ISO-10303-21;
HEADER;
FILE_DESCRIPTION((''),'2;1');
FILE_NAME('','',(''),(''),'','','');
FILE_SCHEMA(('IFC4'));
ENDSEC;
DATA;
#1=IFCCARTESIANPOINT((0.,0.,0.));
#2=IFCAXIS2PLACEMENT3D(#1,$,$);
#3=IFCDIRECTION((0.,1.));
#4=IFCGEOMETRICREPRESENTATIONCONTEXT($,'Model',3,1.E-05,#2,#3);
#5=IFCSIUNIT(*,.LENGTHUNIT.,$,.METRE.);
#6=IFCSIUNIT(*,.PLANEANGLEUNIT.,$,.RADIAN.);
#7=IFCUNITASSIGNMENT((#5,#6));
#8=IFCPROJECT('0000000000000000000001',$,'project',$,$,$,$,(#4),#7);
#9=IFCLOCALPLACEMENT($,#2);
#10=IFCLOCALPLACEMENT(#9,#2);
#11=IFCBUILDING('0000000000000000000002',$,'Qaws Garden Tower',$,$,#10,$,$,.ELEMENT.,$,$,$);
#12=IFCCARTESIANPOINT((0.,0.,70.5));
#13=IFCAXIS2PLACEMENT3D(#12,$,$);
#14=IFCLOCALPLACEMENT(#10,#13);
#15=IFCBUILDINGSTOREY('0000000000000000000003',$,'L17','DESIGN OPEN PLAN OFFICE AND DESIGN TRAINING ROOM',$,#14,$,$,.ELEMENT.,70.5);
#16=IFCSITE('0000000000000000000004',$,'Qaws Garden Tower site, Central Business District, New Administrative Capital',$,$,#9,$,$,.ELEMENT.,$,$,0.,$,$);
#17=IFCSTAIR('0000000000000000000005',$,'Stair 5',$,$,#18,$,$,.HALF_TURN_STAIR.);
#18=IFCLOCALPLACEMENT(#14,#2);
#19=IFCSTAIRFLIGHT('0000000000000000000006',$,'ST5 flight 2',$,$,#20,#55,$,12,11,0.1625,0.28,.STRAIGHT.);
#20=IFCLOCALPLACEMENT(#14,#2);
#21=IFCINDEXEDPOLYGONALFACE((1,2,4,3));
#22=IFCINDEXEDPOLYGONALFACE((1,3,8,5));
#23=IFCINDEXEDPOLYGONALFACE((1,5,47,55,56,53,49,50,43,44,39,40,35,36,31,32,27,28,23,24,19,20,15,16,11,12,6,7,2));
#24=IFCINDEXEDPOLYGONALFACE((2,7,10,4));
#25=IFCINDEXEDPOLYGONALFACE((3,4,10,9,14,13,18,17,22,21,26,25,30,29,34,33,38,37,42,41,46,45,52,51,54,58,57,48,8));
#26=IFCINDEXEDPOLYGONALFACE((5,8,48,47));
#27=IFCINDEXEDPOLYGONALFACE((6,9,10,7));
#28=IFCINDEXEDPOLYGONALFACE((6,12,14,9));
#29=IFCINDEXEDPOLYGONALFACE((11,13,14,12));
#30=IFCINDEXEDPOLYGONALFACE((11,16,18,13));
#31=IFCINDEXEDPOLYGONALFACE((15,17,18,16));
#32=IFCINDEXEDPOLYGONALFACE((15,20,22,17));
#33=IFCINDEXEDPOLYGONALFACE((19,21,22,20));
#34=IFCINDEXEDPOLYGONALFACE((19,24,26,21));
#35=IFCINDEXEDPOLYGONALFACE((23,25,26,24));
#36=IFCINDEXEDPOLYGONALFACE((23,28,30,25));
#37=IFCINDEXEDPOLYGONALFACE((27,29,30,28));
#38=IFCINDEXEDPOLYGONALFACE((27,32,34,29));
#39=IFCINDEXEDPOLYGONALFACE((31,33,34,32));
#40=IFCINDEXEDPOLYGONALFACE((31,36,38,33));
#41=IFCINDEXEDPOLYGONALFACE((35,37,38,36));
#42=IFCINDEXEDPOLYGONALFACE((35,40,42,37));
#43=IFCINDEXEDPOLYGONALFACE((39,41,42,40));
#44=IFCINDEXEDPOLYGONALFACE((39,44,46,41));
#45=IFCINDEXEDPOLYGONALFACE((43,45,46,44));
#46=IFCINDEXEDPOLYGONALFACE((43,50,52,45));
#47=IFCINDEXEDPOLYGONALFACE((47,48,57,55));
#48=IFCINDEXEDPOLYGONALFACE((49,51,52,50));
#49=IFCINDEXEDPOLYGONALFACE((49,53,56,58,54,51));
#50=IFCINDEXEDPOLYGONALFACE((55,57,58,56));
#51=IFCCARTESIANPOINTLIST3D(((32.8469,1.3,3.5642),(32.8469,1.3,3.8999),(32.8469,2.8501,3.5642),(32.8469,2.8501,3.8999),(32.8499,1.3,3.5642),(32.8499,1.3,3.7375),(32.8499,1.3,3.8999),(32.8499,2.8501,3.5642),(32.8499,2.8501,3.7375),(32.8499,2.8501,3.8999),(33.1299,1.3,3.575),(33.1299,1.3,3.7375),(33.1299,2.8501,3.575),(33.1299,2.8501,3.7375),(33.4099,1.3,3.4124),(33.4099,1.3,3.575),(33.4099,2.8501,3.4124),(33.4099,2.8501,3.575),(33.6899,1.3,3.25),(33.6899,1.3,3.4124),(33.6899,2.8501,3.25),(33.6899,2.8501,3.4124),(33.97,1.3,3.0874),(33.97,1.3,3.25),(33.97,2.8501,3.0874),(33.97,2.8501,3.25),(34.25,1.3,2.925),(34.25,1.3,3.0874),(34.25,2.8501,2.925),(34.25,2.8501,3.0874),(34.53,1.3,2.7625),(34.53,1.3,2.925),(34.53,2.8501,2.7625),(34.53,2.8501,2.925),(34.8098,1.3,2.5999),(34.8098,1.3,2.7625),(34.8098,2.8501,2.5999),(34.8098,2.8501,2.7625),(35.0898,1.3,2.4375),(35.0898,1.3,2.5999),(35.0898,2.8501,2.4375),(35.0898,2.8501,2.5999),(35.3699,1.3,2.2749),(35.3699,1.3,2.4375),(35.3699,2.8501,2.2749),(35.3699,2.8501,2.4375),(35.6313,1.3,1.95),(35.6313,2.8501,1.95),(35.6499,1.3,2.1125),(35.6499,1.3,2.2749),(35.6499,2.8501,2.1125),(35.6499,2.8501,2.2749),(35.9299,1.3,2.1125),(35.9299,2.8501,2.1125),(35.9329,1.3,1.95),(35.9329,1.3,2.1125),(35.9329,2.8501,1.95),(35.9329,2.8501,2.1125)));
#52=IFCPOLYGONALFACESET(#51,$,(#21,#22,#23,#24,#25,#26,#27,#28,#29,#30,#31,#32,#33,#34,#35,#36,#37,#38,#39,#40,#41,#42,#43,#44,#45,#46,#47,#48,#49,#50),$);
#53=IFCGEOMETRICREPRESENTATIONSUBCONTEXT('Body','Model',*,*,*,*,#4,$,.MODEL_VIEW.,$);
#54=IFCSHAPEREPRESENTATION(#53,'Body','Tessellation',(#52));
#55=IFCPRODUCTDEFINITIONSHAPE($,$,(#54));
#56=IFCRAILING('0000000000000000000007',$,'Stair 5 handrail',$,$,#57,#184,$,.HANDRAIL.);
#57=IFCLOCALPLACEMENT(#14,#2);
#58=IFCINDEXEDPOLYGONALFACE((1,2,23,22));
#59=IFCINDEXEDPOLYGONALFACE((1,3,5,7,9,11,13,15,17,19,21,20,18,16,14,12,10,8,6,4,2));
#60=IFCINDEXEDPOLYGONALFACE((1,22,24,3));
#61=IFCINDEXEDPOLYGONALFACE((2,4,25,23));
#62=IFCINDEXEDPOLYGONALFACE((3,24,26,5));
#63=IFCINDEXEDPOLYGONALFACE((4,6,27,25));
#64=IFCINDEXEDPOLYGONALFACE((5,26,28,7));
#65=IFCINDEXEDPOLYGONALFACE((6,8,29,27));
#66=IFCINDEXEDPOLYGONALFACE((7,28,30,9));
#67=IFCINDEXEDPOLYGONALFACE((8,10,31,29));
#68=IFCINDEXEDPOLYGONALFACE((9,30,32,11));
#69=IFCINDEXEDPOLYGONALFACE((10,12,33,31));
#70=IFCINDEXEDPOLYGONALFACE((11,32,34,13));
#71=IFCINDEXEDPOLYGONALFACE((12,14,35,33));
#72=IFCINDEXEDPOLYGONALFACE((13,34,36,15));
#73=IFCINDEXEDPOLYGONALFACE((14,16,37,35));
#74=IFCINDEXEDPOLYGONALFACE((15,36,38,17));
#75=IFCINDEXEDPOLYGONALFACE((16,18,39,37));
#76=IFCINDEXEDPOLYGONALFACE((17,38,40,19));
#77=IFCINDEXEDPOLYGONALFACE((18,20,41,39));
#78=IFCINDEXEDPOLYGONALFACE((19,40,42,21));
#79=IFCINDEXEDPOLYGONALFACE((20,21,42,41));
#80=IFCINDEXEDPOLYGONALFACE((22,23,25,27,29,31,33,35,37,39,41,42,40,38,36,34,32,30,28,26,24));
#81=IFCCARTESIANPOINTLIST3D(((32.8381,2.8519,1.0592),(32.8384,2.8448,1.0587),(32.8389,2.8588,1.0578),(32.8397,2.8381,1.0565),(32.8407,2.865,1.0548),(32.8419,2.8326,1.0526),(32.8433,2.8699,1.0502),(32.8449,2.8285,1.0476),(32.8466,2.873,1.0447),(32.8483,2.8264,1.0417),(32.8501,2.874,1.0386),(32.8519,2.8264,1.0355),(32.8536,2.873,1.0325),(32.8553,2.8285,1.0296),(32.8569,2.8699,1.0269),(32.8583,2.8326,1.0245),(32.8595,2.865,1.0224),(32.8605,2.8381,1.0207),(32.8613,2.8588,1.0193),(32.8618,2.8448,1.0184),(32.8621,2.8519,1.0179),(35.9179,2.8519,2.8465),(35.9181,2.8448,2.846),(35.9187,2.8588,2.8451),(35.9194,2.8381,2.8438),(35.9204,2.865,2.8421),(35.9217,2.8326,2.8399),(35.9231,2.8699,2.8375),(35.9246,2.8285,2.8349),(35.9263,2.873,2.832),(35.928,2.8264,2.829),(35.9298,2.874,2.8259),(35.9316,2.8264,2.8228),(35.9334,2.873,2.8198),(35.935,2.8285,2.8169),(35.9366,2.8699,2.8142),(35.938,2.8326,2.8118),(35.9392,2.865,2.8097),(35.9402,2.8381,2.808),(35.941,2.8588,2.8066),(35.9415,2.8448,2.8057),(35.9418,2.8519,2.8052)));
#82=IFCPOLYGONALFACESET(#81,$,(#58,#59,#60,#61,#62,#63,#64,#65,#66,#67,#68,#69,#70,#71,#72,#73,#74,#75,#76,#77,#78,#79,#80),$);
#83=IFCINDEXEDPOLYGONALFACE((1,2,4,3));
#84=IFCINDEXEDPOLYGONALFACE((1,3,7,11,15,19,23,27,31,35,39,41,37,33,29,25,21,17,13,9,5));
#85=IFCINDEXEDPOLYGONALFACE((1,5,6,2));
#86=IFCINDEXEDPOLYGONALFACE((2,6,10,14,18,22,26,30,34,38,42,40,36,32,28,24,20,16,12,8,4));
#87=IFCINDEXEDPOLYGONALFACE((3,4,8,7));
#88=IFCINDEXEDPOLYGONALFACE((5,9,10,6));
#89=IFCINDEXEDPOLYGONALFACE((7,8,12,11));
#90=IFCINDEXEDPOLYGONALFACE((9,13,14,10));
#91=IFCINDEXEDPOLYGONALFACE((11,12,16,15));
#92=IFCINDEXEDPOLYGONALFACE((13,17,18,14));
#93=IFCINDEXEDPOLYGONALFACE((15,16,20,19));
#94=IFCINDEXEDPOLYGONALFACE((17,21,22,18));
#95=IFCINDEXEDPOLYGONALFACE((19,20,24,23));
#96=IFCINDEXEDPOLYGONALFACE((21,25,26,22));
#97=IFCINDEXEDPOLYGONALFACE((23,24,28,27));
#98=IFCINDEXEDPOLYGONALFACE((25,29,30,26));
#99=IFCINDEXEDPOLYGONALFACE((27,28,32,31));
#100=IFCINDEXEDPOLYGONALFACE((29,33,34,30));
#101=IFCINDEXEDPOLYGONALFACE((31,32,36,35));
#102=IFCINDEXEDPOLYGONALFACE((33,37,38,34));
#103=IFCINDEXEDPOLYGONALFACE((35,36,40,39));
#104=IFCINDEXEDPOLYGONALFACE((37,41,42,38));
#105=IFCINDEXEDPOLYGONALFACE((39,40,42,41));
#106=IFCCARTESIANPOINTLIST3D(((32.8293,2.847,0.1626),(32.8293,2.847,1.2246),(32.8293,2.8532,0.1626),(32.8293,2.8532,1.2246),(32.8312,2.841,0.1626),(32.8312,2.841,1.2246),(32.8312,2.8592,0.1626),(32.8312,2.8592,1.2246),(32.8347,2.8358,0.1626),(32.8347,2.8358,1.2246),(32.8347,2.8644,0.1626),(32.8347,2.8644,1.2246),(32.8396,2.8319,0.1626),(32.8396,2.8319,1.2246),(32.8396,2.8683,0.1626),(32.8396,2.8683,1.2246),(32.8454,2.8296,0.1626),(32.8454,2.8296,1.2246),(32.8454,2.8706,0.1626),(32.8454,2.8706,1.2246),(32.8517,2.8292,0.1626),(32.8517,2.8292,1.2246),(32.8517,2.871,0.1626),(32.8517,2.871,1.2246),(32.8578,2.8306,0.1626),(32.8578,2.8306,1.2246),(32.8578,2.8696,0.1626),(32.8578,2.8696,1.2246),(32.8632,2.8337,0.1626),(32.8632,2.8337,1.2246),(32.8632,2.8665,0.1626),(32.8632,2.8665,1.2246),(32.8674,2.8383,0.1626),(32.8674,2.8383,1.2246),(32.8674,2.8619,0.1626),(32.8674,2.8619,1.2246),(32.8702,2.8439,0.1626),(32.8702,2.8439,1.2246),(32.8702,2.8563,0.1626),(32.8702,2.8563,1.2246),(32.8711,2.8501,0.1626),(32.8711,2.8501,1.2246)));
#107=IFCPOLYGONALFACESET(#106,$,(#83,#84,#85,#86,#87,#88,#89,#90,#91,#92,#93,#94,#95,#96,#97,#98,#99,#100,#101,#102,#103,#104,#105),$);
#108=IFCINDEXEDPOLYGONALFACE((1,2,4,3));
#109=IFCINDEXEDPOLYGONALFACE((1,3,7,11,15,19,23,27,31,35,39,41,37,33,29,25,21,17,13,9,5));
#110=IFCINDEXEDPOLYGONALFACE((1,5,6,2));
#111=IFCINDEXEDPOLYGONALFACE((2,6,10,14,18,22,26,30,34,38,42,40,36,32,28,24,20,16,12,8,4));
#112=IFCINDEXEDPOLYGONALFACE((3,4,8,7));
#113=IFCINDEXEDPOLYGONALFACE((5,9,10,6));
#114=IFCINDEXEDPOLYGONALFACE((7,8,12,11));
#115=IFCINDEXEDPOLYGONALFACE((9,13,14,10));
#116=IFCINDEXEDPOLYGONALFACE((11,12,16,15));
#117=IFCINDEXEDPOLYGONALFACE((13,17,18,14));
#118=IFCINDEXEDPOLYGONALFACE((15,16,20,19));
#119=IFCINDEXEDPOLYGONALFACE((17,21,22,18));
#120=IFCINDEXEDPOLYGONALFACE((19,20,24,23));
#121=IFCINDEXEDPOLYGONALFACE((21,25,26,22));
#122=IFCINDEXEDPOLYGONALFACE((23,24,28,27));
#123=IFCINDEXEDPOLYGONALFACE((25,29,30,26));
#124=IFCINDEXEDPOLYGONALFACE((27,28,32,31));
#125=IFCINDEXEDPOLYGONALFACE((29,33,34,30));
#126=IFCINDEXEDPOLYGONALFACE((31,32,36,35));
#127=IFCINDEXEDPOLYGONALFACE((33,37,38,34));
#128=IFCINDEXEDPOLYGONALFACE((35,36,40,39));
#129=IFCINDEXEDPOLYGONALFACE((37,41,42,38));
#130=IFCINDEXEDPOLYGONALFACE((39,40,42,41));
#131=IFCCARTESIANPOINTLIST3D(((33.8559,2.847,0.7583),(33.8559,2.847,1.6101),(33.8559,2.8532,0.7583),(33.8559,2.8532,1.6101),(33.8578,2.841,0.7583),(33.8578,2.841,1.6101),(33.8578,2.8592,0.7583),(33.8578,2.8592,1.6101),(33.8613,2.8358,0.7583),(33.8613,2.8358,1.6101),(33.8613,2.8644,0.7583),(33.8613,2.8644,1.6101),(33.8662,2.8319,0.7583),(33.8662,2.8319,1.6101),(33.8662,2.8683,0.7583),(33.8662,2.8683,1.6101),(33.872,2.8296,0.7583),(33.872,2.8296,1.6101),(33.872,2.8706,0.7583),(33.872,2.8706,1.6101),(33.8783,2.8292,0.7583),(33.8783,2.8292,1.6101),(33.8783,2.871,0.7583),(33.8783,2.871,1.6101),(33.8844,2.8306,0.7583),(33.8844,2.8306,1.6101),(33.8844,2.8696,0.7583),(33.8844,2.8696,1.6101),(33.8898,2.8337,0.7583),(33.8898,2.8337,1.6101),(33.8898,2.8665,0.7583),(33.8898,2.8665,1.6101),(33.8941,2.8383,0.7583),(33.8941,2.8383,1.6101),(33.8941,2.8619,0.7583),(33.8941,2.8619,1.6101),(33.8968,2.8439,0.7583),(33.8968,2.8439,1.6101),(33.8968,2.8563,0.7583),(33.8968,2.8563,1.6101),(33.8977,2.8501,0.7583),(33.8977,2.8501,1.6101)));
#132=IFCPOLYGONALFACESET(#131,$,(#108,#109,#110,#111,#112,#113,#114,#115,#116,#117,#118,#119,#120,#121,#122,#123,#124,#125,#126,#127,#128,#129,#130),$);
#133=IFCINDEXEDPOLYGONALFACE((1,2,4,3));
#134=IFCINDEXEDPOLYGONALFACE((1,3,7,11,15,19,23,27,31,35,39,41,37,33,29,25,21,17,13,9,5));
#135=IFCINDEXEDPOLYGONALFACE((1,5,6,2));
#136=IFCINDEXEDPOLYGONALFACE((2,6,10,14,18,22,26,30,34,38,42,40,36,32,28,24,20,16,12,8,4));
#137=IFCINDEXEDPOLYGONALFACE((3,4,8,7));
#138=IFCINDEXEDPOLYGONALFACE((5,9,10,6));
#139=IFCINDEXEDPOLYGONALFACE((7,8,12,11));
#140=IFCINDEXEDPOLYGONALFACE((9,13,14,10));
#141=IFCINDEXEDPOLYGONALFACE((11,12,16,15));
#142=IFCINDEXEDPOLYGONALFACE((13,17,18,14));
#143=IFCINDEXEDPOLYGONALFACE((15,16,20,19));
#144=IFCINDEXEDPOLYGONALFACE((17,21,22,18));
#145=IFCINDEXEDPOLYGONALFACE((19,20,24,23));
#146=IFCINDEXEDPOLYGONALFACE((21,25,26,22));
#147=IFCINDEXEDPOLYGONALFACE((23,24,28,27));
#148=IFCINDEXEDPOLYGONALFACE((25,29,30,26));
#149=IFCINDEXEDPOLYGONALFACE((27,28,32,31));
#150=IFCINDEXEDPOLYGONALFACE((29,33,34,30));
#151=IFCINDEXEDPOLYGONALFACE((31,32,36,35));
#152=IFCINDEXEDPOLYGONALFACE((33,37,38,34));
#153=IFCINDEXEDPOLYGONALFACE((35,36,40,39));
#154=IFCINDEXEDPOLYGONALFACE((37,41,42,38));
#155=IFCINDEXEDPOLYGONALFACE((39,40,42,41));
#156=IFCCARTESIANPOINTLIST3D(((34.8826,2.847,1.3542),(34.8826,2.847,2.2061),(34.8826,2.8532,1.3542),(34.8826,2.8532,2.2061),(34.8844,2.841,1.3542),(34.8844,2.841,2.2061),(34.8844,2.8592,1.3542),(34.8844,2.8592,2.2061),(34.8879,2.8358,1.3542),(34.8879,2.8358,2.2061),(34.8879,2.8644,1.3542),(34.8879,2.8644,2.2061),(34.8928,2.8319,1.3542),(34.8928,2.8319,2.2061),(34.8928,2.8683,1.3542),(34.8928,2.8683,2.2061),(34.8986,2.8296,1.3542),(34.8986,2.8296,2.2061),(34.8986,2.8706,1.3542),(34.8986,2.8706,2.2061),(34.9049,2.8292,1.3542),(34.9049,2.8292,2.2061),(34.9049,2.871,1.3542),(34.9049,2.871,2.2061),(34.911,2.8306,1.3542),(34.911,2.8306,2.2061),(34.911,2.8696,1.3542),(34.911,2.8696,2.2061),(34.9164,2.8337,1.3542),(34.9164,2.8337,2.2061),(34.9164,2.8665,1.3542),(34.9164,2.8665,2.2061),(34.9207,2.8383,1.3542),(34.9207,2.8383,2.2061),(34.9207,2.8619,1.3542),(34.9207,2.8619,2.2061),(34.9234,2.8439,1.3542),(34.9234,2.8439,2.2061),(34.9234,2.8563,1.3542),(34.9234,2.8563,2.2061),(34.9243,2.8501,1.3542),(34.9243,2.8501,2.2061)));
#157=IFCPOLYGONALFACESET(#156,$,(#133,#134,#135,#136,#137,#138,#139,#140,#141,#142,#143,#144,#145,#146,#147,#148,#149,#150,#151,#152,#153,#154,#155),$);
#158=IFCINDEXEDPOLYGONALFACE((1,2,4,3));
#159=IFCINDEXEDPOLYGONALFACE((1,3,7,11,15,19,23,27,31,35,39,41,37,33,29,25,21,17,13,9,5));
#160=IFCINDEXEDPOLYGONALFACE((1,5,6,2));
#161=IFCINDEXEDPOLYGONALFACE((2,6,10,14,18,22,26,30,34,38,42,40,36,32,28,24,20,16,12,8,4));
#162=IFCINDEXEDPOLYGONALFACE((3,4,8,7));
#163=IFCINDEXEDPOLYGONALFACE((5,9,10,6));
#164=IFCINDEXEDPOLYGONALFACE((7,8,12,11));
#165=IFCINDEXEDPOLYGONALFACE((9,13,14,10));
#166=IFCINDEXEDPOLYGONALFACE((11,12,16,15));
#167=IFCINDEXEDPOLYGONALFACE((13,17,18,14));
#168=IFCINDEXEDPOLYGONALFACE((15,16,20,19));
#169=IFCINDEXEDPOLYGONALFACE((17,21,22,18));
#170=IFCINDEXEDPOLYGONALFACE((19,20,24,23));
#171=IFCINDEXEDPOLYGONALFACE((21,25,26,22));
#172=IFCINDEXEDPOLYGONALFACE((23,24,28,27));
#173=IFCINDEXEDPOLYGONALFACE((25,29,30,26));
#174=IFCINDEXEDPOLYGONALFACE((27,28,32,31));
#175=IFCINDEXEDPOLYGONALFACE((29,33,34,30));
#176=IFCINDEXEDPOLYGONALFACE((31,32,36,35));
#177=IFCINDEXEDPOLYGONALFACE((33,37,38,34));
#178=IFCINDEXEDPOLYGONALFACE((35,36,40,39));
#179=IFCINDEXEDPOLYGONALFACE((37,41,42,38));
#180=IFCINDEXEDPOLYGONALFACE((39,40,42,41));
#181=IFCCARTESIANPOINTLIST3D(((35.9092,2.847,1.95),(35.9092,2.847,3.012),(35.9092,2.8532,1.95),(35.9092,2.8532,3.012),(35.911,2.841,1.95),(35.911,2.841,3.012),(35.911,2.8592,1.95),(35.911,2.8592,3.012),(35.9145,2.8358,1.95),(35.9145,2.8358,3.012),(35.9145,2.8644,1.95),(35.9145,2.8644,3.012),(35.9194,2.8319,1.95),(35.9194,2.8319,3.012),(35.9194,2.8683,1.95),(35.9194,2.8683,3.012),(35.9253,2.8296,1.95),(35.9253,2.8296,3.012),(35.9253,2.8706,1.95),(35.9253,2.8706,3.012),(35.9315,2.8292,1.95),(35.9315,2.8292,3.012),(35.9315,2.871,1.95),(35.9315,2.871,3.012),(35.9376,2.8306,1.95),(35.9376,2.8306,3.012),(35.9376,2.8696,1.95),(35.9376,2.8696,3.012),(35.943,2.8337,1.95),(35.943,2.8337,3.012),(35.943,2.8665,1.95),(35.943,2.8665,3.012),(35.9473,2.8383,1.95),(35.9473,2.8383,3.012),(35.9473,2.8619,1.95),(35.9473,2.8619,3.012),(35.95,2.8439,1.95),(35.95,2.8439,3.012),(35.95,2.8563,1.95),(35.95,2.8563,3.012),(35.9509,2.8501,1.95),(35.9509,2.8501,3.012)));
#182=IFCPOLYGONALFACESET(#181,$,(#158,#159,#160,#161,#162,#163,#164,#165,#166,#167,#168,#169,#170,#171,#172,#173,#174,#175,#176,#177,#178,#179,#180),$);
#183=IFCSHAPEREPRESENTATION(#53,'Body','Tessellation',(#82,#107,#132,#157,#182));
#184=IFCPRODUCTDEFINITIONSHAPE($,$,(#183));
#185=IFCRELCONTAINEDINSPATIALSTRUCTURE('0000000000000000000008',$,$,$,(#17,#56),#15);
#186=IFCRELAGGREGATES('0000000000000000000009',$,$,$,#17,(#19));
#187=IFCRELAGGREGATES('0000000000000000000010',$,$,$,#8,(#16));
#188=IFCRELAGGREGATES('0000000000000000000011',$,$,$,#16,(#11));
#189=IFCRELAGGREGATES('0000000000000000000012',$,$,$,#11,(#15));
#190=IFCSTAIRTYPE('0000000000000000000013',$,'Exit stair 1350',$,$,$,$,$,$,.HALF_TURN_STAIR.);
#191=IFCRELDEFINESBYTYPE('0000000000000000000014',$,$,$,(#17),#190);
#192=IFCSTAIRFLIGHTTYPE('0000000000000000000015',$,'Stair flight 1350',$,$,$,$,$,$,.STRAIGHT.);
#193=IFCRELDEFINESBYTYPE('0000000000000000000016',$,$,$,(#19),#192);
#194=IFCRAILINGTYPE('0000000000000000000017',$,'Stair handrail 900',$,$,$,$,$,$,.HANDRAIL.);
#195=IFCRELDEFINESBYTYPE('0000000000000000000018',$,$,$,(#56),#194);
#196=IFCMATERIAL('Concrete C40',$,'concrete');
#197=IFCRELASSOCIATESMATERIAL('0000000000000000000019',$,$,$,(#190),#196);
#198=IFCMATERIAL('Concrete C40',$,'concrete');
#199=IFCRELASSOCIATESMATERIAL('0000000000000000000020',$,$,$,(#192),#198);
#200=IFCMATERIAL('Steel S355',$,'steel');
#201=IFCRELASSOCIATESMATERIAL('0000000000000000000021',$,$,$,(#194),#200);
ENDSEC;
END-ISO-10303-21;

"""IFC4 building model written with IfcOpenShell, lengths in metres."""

from ifc_helpers import new_model, si_unit, direction, frame, origin, origin_2d, place, context, subcontext, project, spatial, polyline, circle, outline, extrude, material, type_object, element, aggregate, save


model = new_model("IFC4")

# Units and contexts
model_context = context("Model", 3, precision=1e-05, world=origin(), true_north=direction((0.0, 1.0)))
body_context = subcontext(model_context, "Body", "Model", "MODEL_VIEW")
ifc_project = project(units=[si_unit("LENGTHUNIT", "METRE"), si_unit("PLANEANGLEUNIT", "RADIAN")], contexts=[model_context])

# Site, building, storey
site_placement = place(None, origin())
site = spatial("IfcSite", under=ifc_project, at=site_placement, Name="Qaws Garden Tower site, Central Business District, New Administrative Capital", CompositionType="ELEMENT", RefElevation=0.0)
building_placement = place(site_placement, origin())
building = spatial("IfcBuilding", under=site, at=building_placement, Name="Qaws Garden Tower", CompositionType="ELEMENT")
storey_placement = place(building_placement, frame((0.0, 0.0, 70.5)))
storey = spatial("IfcBuildingStorey", under=building, at=storey_placement, Name="L17", Description="DESIGN OPEN PLAN OFFICE AND DESIGN TRAINING ROOM", CompositionType="ELEMENT", Elevation=70.5)

# Stair, stair flight
ifc_material_1 = material(Name="Concrete C40", Category="concrete")
stair_type = type_object("IfcStairType", Name="Exit stair 1350", PredefinedType="HALF_TURN_STAIR", material=ifc_material_1)
stair_placement = place(storey_placement, origin())
stair = element("IfcStair", 1, at=stair_placement, inside=storey, type_object=stair_type, Name="Stair 5", PredefinedType="HALF_TURN_STAIR")
ifc_material_2 = material(Name="Concrete C40", Category="concrete")
stair_flight_type = type_object("IfcStairFlightType", Name="Stair flight 1350", PredefinedType="STRAIGHT", material=ifc_material_2)
stair_flight_1_placement = place(storey_placement, frame((35.9299, 2.075, 1.95), z_axis=(0.0, 0.0, 1.0), x_axis=(-1.0, 0.0, 0.0)))
stair_flight_1 = element("IfcStairFlight", 2, at=stair_flight_1_placement, type_object=stair_flight_type, Name="ST5 flight 2", NumberOfRisers=12, NumberOfTreads=11, PredefinedType="STRAIGHT", RiserHeight=0.1625, TreadLength=0.28, context=body_context, shape_type="SweptSolid", body=[
    extrude(outline(polyline([(-0.0029, 0.0), (-0.0029, 0.1626), (0.0, 0.1626), (0.28, 0.1626), (0.28, 0.325), (0.5601, 0.325), (0.5601, 0.4875), (0.8401, 0.4875), (0.8401, 0.6499), (1.1201, 0.6499), (1.1201, 0.8125), (1.3999, 0.8125), (1.3999, 0.9751), (1.6799, 0.9751), (1.6799, 1.1375), (1.96, 1.1375), (1.96, 1.3), (2.24, 1.3), (2.24, 1.4624), (2.52, 1.4624), (2.52, 1.625), (2.8, 1.625), (2.8, 1.7876), (3.0801, 1.7876), (3.0801, 1.95), (3.083, 1.95), (3.083, 1.6143), (3.0801, 1.6143), (0.2986, 0.0), (-0.0029, 0.0)])), frame((0.0, 0.7749, 0.0), z_axis=(0.0, -1.0, 0.0), x_axis=(1.0, 0.0, 0.0)), (0.0, 0.0, 1.0), 1.55),
])
aggregate(stair, [stair_flight_1])

# Railing
ifc_material_3 = material(Name="Steel S355", Category="steel")
railing_type = type_object("IfcRailingType", Name="Stair handrail 900", PredefinedType="HANDRAIL", material=ifc_material_3)
railing_1_placement = place(storey_placement, frame((32.8501, 2.8501, 0.1626)))
element("IfcRailing", 3, at=railing_1_placement, inside=storey, type_object=railing_type, Name="Stair 5 handrail", PredefinedType="HANDRAIL", context=body_context, shape_type="SweptSolid", body=[
    extrude(circle(Radius=0.0239, at=origin_2d()), frame((0.0, 0.0, 0.876), z_axis=(0.864903, 0.0, 0.501939), x_axis=(0.0, 1.0, 0.0)), (0.0, 0.0, 1.0), 3.5608),
    extrude(circle(Radius=0.021, at=origin_2d()), origin(), (0.0, 0.0, 1.0), 1.062),
    extrude(circle(Radius=0.021, at=origin_2d()), frame((1.0266, 0.0, 0.5957)), (0.0, 0.0, 1.0), 0.8518),
    extrude(circle(Radius=0.021, at=origin_2d()), frame((2.0532, 0.0, 1.1917)), (0.0, 0.0, 1.0), 0.8518),
    extrude(circle(Radius=0.021, at=origin_2d()), frame((3.0798, 0.0, 1.7874)), (0.0, 0.0, 1.0), 1.062),
])

save(model, "model.ifc")
